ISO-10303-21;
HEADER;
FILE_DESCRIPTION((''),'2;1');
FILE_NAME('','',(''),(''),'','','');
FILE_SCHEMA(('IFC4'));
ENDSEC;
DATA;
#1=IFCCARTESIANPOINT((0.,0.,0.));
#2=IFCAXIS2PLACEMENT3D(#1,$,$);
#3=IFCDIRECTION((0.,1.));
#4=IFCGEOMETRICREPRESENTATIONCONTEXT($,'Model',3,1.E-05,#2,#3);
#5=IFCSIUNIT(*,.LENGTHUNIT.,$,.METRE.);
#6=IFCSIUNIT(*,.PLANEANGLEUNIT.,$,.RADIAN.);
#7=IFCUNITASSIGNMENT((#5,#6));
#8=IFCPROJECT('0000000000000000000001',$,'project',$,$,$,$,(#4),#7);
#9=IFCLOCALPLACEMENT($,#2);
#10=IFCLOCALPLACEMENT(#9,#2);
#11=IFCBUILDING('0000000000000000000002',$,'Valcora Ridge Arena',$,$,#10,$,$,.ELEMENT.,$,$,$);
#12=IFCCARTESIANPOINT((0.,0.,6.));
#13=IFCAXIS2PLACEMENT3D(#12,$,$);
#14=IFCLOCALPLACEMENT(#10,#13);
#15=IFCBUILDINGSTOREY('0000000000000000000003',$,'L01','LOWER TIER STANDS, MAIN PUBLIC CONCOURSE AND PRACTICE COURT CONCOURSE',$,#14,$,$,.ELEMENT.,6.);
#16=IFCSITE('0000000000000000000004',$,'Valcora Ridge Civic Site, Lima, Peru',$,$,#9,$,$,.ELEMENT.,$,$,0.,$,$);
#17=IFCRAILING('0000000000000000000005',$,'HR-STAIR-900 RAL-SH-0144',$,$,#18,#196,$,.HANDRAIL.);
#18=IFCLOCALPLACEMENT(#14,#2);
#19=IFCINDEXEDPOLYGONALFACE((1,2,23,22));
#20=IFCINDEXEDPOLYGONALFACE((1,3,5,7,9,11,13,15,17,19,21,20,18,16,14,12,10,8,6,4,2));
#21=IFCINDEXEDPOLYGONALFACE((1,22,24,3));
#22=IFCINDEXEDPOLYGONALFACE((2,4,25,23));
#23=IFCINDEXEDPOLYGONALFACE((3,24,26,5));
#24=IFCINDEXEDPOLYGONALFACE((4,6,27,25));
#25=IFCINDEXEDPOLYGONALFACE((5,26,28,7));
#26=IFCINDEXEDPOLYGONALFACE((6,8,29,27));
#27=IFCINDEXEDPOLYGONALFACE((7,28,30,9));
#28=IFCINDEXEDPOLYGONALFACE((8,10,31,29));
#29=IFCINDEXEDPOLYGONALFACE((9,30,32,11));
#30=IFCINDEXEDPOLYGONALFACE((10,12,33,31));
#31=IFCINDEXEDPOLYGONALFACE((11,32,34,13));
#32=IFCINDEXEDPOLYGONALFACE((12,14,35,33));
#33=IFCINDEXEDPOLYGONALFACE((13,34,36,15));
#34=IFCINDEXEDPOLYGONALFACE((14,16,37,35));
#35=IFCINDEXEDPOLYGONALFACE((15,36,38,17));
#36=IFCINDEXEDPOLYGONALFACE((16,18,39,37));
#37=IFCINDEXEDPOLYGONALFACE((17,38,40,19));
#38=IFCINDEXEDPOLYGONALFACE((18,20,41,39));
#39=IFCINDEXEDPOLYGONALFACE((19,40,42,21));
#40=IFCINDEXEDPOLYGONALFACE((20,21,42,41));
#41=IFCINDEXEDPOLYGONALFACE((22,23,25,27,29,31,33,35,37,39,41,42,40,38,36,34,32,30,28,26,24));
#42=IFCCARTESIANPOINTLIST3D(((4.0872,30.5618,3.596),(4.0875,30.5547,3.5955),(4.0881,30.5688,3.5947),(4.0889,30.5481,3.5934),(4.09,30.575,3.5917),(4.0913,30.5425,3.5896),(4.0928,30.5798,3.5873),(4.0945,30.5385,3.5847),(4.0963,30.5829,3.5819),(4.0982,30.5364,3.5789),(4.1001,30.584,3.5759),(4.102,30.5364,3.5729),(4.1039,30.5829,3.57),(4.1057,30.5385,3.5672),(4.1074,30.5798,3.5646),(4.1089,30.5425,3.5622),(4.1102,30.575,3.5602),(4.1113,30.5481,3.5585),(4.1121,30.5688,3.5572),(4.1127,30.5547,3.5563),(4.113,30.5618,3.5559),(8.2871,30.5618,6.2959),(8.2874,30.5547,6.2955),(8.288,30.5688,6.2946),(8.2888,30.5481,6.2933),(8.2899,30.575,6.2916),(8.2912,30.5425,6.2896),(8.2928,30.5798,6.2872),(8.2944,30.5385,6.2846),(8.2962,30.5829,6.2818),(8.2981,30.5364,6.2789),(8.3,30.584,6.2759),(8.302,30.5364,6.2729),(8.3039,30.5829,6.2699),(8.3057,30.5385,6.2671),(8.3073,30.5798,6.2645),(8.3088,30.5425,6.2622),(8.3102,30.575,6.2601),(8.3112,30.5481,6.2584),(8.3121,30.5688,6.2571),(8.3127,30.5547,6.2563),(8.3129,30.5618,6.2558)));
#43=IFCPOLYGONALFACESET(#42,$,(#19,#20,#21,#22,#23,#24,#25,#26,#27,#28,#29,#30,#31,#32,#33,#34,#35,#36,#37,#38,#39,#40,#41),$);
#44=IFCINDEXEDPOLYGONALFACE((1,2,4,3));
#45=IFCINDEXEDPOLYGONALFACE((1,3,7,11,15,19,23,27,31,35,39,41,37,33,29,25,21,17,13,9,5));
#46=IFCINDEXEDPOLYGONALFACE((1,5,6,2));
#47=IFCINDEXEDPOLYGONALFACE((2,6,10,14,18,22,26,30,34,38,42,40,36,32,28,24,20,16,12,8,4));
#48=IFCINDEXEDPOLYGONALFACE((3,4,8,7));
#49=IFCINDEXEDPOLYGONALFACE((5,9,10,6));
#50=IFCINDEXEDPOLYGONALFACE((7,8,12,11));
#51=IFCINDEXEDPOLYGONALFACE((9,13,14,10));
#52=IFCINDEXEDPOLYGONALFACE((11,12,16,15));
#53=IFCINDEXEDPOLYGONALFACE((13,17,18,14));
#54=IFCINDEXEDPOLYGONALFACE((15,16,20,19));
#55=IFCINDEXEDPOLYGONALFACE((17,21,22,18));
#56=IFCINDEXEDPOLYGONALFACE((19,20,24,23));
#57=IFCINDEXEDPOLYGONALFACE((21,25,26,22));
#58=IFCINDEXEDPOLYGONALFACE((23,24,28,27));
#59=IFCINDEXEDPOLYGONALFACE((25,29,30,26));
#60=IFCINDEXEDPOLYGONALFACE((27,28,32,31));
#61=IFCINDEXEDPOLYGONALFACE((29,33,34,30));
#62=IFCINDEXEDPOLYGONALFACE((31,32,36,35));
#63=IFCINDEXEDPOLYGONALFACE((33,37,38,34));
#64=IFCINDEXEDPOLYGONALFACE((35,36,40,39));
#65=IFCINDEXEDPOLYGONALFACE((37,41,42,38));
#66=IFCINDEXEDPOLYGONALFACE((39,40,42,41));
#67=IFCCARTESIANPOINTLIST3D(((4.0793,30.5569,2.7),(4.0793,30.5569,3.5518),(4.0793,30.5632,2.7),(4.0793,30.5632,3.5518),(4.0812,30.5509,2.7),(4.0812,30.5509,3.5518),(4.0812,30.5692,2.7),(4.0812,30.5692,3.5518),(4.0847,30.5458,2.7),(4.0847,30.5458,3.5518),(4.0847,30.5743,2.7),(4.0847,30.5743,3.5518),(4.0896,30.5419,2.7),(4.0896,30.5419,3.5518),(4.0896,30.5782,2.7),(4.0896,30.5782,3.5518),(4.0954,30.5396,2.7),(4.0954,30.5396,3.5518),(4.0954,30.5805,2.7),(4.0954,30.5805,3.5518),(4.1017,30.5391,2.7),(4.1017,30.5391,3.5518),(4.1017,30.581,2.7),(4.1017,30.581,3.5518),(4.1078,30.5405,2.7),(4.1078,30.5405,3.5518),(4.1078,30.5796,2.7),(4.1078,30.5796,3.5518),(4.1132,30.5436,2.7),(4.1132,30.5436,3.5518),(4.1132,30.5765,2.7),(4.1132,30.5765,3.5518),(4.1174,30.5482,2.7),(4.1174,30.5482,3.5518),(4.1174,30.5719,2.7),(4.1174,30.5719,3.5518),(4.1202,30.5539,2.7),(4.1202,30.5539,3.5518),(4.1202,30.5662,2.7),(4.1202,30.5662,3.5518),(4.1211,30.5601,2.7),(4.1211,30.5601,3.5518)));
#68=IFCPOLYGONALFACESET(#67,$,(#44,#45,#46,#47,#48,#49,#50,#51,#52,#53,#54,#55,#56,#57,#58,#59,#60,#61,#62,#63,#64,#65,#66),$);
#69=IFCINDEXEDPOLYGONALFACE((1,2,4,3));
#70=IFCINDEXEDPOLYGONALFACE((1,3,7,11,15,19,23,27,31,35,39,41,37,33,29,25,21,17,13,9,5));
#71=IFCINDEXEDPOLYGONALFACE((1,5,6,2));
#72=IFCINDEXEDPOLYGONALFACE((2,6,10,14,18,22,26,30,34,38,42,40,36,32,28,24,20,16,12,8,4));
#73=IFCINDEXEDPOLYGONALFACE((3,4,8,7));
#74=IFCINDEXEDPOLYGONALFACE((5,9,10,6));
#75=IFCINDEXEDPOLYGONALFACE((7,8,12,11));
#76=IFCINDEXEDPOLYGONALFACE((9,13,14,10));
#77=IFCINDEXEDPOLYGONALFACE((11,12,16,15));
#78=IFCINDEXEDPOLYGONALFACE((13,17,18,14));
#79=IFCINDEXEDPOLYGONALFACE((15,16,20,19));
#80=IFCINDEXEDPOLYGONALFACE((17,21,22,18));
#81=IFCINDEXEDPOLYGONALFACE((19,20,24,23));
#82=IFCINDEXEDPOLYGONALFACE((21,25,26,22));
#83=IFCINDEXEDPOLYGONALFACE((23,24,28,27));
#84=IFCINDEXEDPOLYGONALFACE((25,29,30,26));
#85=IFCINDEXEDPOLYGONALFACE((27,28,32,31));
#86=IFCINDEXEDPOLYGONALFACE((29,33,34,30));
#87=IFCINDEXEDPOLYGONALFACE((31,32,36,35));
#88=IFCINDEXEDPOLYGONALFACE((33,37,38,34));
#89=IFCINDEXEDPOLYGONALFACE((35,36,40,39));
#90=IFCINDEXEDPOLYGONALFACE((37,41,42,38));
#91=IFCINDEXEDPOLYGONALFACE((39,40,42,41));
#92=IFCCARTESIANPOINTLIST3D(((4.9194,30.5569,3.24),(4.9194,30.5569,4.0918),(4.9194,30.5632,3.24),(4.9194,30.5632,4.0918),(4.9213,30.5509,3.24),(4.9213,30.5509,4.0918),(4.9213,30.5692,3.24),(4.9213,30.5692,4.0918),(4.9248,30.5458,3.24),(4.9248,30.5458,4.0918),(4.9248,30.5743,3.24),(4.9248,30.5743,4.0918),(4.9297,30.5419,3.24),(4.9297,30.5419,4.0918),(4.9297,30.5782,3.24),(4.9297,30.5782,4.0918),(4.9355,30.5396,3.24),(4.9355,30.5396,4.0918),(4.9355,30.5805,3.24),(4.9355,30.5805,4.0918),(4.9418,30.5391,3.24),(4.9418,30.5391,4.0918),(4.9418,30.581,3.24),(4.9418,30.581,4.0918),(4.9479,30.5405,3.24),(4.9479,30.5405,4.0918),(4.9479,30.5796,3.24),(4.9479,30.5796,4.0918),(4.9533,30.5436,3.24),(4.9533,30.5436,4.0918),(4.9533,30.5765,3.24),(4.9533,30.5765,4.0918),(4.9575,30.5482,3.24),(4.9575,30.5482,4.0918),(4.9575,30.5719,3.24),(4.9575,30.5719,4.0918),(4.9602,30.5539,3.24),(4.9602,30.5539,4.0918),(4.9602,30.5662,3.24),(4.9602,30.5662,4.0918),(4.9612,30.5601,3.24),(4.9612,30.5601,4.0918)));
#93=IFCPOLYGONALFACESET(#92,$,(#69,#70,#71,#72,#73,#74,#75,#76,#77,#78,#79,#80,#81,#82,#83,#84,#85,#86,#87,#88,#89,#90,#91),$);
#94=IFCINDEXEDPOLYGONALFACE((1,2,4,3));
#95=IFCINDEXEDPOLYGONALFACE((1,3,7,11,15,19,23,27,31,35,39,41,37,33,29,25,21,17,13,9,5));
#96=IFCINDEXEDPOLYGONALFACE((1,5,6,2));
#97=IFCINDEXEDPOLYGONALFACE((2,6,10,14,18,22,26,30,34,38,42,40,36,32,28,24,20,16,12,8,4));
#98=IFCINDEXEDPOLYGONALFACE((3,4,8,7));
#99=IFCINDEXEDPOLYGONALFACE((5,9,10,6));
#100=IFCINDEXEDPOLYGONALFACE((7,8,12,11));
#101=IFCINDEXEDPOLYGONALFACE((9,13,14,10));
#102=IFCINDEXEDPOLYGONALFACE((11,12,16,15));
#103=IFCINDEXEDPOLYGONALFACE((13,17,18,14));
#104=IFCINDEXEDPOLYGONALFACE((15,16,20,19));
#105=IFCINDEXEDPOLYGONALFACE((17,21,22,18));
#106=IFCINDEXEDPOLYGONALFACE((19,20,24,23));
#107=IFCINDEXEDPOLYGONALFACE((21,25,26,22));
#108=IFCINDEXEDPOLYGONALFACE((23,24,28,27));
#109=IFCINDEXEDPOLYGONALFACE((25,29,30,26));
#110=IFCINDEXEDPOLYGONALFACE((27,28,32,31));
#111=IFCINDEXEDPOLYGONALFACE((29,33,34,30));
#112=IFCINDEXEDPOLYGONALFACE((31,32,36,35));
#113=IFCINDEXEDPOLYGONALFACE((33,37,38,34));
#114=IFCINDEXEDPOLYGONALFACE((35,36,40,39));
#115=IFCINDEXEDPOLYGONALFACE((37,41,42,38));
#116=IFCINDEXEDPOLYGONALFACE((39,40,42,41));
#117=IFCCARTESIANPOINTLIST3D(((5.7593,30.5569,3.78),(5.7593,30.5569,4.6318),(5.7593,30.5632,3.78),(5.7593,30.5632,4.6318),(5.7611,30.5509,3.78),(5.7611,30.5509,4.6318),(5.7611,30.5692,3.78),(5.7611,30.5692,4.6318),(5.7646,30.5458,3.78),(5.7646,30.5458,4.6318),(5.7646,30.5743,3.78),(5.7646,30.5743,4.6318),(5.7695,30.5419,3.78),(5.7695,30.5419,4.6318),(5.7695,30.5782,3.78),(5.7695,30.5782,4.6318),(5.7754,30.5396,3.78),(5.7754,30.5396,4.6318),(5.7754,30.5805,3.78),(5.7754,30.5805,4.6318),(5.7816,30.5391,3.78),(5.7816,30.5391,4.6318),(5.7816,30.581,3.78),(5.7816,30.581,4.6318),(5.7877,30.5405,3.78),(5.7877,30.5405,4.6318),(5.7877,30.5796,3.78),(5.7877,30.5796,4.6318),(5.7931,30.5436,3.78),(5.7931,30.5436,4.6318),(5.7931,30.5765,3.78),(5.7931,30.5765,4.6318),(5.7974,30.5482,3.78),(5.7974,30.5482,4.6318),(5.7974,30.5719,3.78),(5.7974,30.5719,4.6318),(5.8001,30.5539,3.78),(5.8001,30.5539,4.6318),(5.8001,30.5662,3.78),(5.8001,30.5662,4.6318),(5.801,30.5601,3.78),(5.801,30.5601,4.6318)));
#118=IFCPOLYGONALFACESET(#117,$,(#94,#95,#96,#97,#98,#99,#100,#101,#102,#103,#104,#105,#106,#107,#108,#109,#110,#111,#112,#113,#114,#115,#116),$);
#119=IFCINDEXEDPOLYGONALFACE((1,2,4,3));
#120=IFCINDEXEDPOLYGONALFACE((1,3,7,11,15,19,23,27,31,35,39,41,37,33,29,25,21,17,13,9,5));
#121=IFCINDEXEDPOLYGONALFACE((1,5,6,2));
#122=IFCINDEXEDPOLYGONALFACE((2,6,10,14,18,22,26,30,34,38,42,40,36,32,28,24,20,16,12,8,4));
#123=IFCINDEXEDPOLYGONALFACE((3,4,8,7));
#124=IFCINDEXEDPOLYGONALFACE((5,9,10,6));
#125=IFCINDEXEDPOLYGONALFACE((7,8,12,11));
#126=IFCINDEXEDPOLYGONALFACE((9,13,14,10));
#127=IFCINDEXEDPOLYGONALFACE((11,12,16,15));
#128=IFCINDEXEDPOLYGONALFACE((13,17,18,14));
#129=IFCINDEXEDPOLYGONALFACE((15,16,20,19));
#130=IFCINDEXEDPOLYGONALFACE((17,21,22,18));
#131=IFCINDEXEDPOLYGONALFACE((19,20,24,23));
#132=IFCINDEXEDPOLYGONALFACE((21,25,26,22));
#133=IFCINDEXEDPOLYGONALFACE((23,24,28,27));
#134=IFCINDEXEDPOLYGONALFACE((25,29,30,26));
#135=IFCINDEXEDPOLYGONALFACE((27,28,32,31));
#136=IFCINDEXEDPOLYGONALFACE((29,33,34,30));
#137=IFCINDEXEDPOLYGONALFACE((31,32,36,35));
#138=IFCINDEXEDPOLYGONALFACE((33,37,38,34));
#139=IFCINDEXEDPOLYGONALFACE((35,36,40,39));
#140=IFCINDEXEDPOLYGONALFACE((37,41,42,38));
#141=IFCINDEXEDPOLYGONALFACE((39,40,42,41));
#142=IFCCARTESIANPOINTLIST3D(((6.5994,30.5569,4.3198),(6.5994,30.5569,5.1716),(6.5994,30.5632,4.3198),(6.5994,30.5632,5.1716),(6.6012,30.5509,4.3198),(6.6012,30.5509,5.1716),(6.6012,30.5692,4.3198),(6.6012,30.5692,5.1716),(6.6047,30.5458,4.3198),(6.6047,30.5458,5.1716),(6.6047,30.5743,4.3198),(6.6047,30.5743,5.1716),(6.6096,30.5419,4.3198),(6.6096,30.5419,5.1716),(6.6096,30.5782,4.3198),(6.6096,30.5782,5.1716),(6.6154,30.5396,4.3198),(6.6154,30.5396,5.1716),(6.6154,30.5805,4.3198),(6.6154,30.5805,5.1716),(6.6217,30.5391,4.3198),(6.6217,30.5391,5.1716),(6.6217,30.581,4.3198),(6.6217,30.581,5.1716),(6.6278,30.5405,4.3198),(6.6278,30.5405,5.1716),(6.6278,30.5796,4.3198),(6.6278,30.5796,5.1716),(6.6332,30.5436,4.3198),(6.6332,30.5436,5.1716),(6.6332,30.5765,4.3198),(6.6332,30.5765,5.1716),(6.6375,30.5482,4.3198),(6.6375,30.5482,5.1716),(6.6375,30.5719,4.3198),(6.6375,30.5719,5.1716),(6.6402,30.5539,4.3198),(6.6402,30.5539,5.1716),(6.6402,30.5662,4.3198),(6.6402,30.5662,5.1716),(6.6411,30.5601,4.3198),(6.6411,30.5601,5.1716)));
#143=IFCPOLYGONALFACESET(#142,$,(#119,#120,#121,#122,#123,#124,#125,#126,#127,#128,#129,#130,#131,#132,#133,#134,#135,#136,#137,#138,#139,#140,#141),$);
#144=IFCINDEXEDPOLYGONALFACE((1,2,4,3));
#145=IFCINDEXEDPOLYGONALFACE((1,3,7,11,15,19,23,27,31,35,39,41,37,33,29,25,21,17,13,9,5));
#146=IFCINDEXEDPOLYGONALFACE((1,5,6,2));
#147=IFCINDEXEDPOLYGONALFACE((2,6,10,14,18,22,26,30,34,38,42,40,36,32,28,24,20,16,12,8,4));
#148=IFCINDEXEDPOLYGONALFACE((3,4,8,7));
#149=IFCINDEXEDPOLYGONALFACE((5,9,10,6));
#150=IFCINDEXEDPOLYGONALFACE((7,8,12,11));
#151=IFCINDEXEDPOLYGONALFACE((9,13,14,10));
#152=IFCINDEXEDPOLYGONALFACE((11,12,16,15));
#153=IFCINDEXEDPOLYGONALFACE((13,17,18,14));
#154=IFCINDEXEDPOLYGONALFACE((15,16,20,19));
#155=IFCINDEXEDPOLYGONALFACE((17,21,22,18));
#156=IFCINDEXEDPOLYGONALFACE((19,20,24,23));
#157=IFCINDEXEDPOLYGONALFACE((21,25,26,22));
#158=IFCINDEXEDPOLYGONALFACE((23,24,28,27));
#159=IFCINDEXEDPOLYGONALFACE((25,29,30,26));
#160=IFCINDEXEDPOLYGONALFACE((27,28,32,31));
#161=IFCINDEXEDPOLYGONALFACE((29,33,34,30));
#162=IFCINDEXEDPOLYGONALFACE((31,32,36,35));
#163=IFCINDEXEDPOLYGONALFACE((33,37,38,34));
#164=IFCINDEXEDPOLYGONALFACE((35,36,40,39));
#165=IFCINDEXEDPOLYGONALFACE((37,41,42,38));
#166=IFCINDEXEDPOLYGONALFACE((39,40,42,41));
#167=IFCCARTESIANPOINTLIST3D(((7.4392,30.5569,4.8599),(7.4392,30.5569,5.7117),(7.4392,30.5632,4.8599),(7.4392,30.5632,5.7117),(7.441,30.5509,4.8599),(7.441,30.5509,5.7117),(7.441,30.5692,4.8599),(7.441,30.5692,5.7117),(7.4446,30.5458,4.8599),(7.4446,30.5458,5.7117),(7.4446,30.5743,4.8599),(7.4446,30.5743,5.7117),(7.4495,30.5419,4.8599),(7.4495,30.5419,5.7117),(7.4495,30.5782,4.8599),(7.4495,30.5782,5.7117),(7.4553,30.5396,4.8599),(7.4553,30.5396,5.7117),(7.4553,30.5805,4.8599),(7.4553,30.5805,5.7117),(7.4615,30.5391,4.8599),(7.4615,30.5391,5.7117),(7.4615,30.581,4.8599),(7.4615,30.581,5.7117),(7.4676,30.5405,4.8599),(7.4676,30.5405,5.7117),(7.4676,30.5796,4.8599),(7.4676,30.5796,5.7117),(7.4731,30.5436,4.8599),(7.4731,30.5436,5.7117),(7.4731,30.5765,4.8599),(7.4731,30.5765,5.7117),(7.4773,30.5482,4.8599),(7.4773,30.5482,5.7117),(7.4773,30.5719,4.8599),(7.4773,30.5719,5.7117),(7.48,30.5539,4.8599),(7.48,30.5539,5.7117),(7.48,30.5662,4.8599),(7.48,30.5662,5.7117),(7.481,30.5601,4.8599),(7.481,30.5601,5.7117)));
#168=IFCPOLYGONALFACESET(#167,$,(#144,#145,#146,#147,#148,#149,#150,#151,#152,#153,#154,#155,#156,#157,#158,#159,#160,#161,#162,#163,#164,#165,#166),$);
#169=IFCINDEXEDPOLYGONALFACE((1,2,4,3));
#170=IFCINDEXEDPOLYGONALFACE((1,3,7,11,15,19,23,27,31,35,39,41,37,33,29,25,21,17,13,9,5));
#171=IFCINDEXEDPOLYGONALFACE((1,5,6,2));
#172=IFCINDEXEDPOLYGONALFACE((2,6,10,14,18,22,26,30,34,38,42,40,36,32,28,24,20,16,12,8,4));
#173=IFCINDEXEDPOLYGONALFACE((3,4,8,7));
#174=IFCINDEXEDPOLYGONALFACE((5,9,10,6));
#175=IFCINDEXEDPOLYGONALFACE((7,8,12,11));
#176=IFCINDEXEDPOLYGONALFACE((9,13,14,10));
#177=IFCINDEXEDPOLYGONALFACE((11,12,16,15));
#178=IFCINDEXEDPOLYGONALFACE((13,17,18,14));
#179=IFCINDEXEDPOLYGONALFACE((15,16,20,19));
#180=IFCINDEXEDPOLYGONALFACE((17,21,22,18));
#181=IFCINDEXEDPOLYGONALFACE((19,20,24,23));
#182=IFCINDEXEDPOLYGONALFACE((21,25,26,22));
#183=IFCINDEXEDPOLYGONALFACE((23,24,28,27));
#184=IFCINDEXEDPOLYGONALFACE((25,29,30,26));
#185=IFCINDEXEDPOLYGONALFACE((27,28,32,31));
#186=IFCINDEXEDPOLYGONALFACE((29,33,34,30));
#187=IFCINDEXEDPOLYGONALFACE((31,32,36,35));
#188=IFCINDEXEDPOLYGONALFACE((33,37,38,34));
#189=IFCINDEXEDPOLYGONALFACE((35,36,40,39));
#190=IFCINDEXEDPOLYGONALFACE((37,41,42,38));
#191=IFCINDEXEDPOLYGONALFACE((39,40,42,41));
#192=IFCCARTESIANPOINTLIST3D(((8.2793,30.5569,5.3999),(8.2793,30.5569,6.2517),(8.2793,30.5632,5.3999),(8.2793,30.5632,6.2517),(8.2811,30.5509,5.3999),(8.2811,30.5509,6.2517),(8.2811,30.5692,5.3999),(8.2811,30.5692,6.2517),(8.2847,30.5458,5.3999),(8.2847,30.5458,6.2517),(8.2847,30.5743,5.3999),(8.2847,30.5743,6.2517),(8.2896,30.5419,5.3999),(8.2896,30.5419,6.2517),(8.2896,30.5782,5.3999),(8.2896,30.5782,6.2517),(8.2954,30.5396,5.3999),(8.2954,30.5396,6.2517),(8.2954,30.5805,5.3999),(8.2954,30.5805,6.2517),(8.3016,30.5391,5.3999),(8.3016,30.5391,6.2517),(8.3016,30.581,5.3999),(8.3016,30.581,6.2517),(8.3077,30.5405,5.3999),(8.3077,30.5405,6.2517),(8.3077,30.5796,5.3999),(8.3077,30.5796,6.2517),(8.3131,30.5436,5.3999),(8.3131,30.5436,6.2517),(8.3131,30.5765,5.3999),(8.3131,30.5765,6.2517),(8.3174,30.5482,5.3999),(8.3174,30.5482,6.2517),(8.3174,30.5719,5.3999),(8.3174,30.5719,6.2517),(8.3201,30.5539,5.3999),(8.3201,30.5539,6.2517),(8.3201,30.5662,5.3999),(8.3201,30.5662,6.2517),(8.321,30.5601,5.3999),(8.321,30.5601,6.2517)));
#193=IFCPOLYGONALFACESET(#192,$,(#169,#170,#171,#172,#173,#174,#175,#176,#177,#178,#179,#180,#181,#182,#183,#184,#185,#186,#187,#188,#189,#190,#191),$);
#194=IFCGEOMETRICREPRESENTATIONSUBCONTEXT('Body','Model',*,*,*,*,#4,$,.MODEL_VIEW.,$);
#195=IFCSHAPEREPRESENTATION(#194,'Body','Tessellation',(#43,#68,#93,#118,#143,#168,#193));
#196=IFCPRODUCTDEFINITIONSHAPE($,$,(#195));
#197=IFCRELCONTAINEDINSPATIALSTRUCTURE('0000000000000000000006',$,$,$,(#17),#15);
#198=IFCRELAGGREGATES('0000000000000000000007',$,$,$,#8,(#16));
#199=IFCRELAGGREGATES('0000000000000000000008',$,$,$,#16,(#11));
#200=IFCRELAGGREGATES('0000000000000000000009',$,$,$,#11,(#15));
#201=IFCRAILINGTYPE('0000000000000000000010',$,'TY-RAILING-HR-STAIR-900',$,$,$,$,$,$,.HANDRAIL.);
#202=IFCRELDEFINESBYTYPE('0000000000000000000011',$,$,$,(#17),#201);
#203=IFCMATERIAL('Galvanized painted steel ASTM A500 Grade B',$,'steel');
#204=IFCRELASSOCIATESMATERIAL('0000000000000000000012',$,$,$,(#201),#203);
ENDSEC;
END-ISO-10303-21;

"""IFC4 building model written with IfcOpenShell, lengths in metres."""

from ifc_helpers import new_model, si_unit, direction, frame, origin, origin_2d, place, context, subcontext, project, spatial, circle, extrude, material, type_object, element, save


model = new_model("IFC4")

# Units and contexts
model_context = context("Model", 3, precision=1e-05, world=origin(), true_north=direction((0.0, 1.0)))
body_context = subcontext(model_context, "Body", "Model", "MODEL_VIEW")
ifc_project = project(units=[si_unit("LENGTHUNIT", "METRE"), si_unit("PLANEANGLEUNIT", "RADIAN")], contexts=[model_context])

# Site, building, storey
site_placement = place(None, origin())
site = spatial("IfcSite", under=ifc_project, at=site_placement, Name="Valcora Ridge Civic Site, Lima, Peru", CompositionType="ELEMENT", RefElevation=0.0)
building_placement = place(site_placement, origin())
building = spatial("IfcBuilding", under=site, at=building_placement, Name="Valcora Ridge Arena", CompositionType="ELEMENT")
storey_placement = place(building_placement, frame((0.0, 0.0, 6.0)))
storey = spatial("IfcBuildingStorey", under=building, at=storey_placement, Name="L01", Description="LOWER TIER STANDS, MAIN PUBLIC CONCOURSE AND PRACTICE COURT CONCOURSE", CompositionType="ELEMENT", Elevation=6.0)

# Railing
ifc_material_1 = material(Name="Galvanized painted steel ASTM A500 Grade B", Category="steel")
railing_type_1 = type_object("IfcRailingType", Name="TY-RAILING-HR-STAIR-900", PredefinedType="HANDRAIL", material=ifc_material_1)
railing_1_placement = place(storey_placement, frame((4.1001, 30.5601, 2.7)))
element("IfcRailing", 1, at=railing_1_placement, inside=storey, type_object=railing_type_1, Name="HR-STAIR-900 RAL-SH-0144", PredefinedType="HANDRAIL", context=body_context, shape_type="SweptSolid", body=[
    extrude(circle(Radius=0.0239, at=origin_2d()), frame((0.0, 0.0, 0.876), z_axis=(0.84118, 0.0, 0.540755), x_axis=(0.0, 1.0, 0.0)), (0.0, 0.0, 1.0), 4.9929),
    extrude(circle(Radius=0.021, at=origin_2d()), origin(), (0.0, 0.0, 1.0), 0.8518),
    extrude(circle(Radius=0.021, at=origin_2d()), frame((0.8401, 0.0, 0.54)), (0.0, 0.0, 1.0), 0.8518),
    extrude(circle(Radius=0.021, at=origin_2d()), frame((1.6799, 0.0, 1.0801)), (0.0, 0.0, 1.0), 0.8518),
    extrude(circle(Radius=0.021, at=origin_2d()), frame((2.52, 0.0, 1.6199)), (0.0, 0.0, 1.0), 0.8518),
    extrude(circle(Radius=0.021, at=origin_2d()), frame((3.3599, 0.0, 2.1599)), (0.0, 0.0, 1.0), 0.8518),
    extrude(circle(Radius=0.021, at=origin_2d()), frame((4.2, 0.0, 2.7)), (0.0, 0.0, 1.0), 0.8518),
])

save(model, "model.ifc")
